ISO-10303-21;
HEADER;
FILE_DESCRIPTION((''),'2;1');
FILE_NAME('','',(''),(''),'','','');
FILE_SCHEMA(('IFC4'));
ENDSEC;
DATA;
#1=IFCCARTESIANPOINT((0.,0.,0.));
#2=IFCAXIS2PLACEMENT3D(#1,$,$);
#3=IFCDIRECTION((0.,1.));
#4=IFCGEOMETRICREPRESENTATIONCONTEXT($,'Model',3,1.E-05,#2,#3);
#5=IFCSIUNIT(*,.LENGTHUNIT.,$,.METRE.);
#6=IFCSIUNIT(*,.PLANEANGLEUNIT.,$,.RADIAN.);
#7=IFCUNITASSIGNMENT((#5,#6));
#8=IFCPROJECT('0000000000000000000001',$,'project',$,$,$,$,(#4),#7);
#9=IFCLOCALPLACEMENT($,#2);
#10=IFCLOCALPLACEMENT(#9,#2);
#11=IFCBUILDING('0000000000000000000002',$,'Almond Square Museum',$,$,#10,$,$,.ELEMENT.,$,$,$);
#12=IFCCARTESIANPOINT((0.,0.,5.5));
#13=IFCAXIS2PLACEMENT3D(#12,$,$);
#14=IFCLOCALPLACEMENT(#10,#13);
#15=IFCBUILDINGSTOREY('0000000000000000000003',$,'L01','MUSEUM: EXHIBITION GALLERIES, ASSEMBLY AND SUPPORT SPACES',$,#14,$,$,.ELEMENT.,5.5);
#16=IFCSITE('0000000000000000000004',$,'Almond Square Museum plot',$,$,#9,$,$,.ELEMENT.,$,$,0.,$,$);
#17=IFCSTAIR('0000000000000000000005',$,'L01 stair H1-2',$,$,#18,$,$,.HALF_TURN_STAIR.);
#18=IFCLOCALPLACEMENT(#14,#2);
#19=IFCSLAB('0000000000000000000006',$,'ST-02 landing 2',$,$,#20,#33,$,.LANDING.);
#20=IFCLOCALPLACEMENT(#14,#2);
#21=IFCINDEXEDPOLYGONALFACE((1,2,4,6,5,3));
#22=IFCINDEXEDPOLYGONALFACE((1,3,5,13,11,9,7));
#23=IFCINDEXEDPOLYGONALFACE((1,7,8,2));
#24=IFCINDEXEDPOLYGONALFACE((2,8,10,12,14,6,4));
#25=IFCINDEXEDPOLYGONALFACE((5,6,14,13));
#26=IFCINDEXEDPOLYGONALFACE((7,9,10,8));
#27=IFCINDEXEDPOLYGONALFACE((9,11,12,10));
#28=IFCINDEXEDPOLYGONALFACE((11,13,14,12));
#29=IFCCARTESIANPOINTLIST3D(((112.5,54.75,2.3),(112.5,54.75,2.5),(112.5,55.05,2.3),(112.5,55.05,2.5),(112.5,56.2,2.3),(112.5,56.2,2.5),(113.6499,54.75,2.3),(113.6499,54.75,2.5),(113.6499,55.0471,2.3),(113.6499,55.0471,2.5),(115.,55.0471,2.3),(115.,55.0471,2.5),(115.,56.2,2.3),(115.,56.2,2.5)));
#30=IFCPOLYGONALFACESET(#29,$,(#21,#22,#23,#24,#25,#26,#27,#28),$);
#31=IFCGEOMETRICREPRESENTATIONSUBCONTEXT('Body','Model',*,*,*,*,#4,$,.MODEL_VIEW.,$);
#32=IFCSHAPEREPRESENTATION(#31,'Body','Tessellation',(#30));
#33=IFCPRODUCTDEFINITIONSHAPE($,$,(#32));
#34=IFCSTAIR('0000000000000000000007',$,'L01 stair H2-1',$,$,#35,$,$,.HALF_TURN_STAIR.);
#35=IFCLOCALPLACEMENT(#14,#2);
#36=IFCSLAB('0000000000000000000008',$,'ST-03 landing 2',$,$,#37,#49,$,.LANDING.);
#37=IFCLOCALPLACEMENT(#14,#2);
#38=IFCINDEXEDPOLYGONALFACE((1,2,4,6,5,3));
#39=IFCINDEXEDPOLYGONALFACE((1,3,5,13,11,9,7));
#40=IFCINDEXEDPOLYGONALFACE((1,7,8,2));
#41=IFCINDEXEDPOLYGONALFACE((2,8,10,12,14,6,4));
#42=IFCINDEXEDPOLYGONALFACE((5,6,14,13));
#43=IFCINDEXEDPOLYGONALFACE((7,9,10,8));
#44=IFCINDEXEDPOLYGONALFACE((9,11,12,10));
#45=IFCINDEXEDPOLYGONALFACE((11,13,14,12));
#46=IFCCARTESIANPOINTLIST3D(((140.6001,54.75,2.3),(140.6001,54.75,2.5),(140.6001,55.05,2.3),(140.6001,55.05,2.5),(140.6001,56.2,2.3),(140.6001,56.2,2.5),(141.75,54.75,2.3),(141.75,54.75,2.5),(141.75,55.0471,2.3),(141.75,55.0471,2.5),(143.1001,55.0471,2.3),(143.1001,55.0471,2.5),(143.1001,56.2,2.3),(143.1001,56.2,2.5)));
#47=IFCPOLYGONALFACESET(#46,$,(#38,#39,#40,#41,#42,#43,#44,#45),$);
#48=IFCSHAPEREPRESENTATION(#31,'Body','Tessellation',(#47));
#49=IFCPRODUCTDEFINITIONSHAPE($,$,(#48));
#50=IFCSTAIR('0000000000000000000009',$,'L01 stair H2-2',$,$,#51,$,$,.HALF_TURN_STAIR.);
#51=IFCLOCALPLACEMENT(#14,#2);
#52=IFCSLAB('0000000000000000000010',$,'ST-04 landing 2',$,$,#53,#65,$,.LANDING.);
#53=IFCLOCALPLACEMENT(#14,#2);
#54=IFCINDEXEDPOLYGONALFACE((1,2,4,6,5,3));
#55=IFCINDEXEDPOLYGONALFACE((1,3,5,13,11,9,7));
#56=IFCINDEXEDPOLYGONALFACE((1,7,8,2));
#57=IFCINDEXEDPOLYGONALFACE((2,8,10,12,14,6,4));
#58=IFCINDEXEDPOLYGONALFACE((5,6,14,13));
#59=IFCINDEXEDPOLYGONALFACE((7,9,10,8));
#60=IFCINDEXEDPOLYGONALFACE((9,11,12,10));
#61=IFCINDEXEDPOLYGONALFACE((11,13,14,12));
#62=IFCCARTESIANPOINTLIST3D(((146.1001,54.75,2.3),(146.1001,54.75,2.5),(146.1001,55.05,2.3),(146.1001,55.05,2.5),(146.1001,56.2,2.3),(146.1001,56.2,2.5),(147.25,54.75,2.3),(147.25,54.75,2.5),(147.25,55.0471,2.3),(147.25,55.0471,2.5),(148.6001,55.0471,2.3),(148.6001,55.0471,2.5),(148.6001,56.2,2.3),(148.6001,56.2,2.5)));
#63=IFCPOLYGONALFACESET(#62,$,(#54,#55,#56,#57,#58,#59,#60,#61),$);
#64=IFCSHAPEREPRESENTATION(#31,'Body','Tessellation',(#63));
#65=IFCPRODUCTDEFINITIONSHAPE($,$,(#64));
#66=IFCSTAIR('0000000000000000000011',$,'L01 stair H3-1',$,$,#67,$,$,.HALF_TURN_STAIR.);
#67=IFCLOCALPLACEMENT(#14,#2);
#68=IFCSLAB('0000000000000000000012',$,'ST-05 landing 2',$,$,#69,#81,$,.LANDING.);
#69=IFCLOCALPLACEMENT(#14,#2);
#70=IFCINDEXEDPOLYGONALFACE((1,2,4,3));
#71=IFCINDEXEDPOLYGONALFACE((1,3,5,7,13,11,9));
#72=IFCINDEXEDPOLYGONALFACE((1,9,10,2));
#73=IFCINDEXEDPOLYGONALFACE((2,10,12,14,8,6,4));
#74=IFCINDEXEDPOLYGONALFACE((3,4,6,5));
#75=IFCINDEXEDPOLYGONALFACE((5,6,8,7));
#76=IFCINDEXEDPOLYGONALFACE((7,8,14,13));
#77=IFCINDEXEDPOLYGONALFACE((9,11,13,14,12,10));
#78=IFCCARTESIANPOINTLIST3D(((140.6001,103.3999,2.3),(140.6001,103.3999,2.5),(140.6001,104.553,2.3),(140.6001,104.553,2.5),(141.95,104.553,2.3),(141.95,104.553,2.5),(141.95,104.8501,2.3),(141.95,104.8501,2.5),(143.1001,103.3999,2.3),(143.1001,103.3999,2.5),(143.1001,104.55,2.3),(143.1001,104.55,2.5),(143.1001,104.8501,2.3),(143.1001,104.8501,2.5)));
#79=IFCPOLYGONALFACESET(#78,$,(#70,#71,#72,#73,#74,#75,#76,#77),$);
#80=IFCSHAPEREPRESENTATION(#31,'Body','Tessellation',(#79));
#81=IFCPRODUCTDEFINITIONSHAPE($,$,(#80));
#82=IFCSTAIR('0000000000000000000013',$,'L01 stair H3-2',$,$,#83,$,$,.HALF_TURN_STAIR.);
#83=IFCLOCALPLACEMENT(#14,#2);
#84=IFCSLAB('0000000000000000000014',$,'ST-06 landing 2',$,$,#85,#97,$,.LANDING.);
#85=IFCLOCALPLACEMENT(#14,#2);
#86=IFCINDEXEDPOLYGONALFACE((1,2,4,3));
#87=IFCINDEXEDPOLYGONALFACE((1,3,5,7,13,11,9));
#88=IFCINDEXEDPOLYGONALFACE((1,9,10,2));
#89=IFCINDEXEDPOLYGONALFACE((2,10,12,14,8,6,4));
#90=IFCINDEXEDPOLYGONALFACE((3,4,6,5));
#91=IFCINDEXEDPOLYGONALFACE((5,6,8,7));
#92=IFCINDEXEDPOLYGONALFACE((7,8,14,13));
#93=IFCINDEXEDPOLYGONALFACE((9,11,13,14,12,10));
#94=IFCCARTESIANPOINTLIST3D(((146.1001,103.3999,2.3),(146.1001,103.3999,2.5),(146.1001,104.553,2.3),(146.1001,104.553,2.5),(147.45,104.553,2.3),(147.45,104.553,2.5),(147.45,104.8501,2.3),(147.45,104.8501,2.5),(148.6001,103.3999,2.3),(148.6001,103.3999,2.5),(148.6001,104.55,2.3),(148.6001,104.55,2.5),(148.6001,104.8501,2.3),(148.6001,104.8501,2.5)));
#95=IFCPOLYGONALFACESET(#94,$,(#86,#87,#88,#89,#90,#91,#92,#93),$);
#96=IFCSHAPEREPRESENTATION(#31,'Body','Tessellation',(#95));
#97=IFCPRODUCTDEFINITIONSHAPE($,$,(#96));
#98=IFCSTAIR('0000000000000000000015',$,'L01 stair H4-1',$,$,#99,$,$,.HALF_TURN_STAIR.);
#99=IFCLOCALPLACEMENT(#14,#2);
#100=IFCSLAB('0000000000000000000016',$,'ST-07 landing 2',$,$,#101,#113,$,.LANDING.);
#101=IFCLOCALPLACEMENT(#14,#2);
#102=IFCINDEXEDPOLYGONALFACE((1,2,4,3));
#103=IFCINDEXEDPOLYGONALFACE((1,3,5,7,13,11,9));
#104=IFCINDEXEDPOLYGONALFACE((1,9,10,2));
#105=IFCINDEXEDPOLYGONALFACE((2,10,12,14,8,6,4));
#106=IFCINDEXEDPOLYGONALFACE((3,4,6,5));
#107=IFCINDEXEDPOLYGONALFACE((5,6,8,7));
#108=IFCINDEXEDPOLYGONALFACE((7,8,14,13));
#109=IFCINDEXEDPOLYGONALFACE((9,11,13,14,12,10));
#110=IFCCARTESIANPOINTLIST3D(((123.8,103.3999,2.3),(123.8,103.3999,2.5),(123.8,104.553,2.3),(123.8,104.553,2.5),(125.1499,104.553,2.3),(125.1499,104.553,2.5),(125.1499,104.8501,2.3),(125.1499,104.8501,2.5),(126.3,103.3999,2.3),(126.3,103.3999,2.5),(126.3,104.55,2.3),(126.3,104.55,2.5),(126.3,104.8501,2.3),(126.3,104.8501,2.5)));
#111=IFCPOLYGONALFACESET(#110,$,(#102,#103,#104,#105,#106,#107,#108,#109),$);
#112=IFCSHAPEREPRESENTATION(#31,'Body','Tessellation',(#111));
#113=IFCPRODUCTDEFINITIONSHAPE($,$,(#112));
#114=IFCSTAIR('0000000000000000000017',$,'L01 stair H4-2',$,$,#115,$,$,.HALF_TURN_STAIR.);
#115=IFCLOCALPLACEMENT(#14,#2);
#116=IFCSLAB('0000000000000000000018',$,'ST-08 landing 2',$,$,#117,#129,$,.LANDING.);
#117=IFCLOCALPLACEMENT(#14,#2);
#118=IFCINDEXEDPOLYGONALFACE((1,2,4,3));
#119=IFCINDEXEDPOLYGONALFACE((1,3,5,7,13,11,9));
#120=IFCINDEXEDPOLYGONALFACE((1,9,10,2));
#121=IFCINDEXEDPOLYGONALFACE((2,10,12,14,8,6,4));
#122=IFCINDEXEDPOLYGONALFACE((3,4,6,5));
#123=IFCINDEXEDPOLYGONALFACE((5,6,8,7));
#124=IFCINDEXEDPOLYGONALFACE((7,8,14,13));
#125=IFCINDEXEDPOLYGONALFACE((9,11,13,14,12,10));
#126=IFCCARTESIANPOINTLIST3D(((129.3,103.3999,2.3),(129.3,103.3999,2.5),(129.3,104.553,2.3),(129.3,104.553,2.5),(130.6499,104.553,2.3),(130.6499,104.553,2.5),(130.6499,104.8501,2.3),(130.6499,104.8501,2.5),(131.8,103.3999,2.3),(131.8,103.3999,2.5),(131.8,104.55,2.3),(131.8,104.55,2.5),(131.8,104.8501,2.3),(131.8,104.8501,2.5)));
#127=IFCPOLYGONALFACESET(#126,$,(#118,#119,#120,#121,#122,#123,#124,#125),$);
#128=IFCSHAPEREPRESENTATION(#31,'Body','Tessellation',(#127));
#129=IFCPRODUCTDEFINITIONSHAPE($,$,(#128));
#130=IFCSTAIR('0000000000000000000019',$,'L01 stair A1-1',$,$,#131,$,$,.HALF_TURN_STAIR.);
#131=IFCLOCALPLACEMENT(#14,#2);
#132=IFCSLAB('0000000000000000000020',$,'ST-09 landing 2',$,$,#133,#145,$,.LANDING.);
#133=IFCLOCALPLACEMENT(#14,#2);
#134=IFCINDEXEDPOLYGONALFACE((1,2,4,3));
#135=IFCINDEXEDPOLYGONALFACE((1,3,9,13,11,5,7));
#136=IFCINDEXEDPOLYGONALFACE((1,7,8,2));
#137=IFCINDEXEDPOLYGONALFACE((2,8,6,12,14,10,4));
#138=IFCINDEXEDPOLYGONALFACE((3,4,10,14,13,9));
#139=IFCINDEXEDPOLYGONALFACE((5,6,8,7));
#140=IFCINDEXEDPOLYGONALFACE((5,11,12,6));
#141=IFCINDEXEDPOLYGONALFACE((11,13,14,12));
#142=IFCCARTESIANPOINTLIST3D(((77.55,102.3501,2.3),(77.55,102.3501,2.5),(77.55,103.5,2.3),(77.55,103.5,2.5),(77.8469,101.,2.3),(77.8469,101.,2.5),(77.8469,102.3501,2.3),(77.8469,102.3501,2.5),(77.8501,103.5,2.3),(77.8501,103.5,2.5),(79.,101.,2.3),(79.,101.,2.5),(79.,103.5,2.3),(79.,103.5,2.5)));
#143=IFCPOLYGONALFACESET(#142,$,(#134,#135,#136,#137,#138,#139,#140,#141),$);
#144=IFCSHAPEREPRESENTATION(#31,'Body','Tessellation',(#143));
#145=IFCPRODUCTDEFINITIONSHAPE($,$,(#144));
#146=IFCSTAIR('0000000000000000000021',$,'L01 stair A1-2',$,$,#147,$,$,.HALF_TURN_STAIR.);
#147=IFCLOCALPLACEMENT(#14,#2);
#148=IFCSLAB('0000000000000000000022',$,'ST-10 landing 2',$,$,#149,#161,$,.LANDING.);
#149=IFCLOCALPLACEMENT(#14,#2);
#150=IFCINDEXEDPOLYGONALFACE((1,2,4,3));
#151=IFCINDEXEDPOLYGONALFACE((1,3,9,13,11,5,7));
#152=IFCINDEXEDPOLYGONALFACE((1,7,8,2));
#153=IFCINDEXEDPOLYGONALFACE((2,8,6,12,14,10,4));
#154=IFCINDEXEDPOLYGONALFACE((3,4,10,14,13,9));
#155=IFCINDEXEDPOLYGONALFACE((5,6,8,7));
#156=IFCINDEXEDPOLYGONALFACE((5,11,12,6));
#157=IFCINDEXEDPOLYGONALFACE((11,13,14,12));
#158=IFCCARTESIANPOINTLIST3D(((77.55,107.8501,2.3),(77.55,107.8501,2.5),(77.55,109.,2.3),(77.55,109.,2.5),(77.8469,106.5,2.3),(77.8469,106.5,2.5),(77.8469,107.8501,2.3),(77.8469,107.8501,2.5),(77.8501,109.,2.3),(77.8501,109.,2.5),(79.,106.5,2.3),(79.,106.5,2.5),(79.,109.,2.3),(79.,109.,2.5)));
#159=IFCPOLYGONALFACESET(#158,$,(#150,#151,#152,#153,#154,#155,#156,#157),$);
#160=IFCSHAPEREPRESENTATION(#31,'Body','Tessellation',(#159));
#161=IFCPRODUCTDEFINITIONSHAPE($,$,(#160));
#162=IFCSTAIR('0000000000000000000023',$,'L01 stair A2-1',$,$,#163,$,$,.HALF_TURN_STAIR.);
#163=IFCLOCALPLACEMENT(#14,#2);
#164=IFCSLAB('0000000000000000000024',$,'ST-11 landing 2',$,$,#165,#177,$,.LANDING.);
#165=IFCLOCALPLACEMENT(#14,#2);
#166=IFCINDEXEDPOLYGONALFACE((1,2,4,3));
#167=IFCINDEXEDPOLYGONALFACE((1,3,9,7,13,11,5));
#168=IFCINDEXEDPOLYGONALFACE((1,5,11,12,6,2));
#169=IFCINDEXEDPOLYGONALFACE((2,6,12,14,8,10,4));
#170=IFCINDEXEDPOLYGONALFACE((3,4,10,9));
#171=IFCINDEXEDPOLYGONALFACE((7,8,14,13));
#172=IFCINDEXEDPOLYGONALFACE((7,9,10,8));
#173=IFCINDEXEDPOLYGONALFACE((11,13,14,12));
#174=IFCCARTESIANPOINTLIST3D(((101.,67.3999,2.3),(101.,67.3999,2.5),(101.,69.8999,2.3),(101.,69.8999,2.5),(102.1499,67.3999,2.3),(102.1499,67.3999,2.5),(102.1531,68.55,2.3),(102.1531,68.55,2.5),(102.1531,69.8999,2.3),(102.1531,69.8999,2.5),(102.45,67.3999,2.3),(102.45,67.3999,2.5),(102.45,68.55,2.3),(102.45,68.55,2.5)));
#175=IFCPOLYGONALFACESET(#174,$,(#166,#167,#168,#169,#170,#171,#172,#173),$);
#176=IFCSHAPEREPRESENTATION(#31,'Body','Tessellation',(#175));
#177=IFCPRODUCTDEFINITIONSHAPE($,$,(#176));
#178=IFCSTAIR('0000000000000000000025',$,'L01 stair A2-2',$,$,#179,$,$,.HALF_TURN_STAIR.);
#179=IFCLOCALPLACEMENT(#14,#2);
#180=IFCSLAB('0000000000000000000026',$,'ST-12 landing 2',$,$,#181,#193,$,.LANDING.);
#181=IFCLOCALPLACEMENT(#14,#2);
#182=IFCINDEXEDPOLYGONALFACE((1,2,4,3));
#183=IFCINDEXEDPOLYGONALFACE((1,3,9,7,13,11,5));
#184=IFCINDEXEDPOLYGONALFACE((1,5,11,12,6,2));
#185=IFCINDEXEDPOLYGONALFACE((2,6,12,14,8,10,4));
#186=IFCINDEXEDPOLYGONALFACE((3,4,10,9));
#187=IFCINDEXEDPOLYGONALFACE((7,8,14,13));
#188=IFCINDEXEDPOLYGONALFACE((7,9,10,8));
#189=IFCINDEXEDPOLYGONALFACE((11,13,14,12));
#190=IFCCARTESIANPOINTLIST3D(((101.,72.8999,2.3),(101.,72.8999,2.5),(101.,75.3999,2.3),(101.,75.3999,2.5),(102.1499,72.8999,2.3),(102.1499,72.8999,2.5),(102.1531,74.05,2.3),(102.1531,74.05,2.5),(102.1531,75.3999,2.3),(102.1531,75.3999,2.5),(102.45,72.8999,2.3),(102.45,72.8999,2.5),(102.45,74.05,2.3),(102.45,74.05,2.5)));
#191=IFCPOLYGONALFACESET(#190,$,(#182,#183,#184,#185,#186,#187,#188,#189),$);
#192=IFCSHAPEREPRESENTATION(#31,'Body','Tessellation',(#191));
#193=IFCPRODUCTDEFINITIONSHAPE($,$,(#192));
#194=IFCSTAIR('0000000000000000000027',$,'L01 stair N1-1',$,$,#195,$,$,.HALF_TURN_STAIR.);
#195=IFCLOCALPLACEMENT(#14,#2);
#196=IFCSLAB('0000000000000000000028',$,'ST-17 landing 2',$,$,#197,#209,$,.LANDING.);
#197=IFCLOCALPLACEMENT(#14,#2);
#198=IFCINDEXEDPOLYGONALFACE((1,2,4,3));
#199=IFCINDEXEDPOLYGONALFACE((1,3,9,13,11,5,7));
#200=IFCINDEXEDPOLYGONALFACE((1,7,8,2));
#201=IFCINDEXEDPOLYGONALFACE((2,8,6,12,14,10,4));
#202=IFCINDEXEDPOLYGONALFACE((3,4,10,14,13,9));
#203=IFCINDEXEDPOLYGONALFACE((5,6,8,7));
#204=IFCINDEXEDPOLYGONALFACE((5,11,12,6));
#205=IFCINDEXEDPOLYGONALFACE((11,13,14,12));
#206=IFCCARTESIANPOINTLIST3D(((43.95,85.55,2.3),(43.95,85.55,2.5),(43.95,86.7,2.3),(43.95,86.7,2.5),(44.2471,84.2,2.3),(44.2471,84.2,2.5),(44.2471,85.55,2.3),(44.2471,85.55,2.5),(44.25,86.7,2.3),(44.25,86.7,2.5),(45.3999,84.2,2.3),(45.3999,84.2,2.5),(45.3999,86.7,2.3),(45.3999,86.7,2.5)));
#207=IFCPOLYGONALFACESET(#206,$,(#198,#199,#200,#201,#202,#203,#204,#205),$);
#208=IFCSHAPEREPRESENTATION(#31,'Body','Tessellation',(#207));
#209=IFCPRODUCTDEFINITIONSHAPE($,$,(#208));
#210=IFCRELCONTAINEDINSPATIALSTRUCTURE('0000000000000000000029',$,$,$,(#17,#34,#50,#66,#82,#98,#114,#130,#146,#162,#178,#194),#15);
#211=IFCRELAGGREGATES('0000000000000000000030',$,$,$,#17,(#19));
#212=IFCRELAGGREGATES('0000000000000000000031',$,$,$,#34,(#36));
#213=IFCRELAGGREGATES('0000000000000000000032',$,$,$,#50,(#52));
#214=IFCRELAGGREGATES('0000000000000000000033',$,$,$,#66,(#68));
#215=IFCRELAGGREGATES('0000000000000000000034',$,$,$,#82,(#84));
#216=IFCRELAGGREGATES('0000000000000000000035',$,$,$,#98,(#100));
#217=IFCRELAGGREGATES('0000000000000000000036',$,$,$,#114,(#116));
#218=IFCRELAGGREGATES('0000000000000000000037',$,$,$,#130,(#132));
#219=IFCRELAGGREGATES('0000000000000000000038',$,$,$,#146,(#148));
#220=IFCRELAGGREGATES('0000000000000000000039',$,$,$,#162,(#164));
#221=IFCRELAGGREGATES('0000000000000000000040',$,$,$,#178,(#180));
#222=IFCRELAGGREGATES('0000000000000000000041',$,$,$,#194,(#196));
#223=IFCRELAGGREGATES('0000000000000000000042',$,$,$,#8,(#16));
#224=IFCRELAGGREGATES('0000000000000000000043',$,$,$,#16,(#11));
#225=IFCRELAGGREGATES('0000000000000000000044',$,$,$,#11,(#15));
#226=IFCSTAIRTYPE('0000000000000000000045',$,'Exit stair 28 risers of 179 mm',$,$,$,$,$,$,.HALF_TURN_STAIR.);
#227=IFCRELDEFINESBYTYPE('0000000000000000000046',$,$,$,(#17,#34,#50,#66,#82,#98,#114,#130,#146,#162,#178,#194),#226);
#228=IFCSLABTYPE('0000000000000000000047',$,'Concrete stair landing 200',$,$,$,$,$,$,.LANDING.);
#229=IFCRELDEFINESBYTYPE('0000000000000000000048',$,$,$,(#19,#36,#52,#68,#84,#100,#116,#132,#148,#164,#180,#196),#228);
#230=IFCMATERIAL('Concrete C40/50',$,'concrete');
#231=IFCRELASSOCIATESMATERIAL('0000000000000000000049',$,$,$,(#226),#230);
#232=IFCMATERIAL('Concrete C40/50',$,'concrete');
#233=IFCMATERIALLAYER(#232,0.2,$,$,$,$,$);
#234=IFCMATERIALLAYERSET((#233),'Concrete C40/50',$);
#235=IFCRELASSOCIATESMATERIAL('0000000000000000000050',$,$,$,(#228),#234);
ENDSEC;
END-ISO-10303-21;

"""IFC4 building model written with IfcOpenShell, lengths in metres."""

from ifc_helpers import new_model, si_unit, direction, frame, origin, place, context, subcontext, project, spatial, polyline, outline, extrude, material, layer, layer_set, type_object, element, aggregate, save


model = new_model("IFC4")

# Units and contexts
model_context = context("Model", 3, precision=1e-05, world=origin(), true_north=direction((0.0, 1.0)))
body_context = subcontext(model_context, "Body", "Model", "MODEL_VIEW")
ifc_project = project(units=[si_unit("LENGTHUNIT", "METRE"), si_unit("PLANEANGLEUNIT", "RADIAN")], contexts=[model_context])

# Site, building, storey
site_placement = place(None, origin())
site = spatial("IfcSite", under=ifc_project, at=site_placement, Name="Almond Square Museum plot", CompositionType="ELEMENT", RefElevation=0.0)
building_placement = place(site_placement, origin())
building = spatial("IfcBuilding", under=site, at=building_placement, Name="Almond Square Museum", CompositionType="ELEMENT")
storey_placement = place(building_placement, frame((0.0, 0.0, 5.5)))
storey = spatial("IfcBuildingStorey", under=building, at=storey_placement, Name="L01", Description="MUSEUM: EXHIBITION GALLERIES, ASSEMBLY AND SUPPORT SPACES", CompositionType="ELEMENT", Elevation=5.5)

# Stairs, slabs
ifc_material_1 = material(Name="Concrete C40/50", Category="concrete")
stair_type = type_object("IfcStairType", Name="Exit stair 28 risers of 179 mm", PredefinedType="HALF_TURN_STAIR", material=ifc_material_1)
stair_1_placement = place(storey_placement, origin())
stair_1 = element("IfcStair", 1, at=stair_1_placement, inside=storey, type_object=stair_type, Name="L01 stair H1-2", PredefinedType="HALF_TURN_STAIR")
ifc_material_2 = material(Name="Concrete C40/50", Category="concrete")
ifc_layer = layer(ifc_material_2, 0.2)
ifc_layer_set = layer_set([ifc_layer], Name="Concrete C40/50")
slab_type = type_object("IfcSlabType", Name="Concrete stair landing 200", PredefinedType="LANDING", material=ifc_layer_set)
slab_1_placement = place(storey_placement, frame((0.0, 0.0, 2.3)))
slab_1 = element("IfcSlab", 2, at=slab_1_placement, type_object=slab_type, Name="ST-02 landing 2", PredefinedType="LANDING", context=body_context, shape_type="SweptSolid", body=[
    extrude(outline(polyline([(112.5, 56.2), (112.5, 55.05), (112.5, 54.75), (113.6499, 54.75), (113.6499, 55.0471), (115.0, 55.0471), (115.0, 56.2), (112.5, 56.2)])), origin(), (0.0, 0.0, 1.0), 0.2),
])
aggregate(stair_1, [slab_1])
stair_2_placement = place(storey_placement, origin())
stair_2 = element("IfcStair", 3, at=stair_2_placement, inside=storey, type_object=stair_type, Name="L01 stair H2-1", PredefinedType="HALF_TURN_STAIR")
slab_2_placement = place(storey_placement, frame((0.0, 0.0, 2.3)))
slab_2 = element("IfcSlab", 4, at=slab_2_placement, type_object=slab_type, Name="ST-03 landing 2", PredefinedType="LANDING", context=body_context, shape_type="SweptSolid", body=[
    extrude(outline(polyline([(140.6001, 56.2), (140.6001, 55.05), (140.6001, 54.75), (141.75, 54.75), (141.75, 55.0471), (143.1001, 55.0471), (143.1001, 56.2), (140.6001, 56.2)])), origin(), (0.0, 0.0, 1.0), 0.2),
])
aggregate(stair_2, [slab_2])
stair_3_placement = place(storey_placement, origin())
stair_3 = element("IfcStair", 5, at=stair_3_placement, inside=storey, type_object=stair_type, Name="L01 stair H2-2", PredefinedType="HALF_TURN_STAIR")
slab_3_placement = place(storey_placement, frame((0.0, 0.0, 2.3)))
slab_3 = element("IfcSlab", 6, at=slab_3_placement, type_object=slab_type, Name="ST-04 landing 2", PredefinedType="LANDING", context=body_context, shape_type="SweptSolid", body=[
    extrude(outline(polyline([(146.1001, 56.2), (146.1001, 55.05), (146.1001, 54.75), (147.25, 54.75), (147.25, 55.0471), (148.6001, 55.0471), (148.6001, 56.2), (146.1001, 56.2)])), origin(), (0.0, 0.0, 1.0), 0.2),
])
aggregate(stair_3, [slab_3])
stair_4_placement = place(storey_placement, origin())
stair_4 = element("IfcStair", 7, at=stair_4_placement, inside=storey, type_object=stair_type, Name="L01 stair H3-1", PredefinedType="HALF_TURN_STAIR")
slab_4_placement = place(storey_placement, frame((0.0, 0.0, 2.3)))
slab_4 = element("IfcSlab", 8, at=slab_4_placement, type_object=slab_type, Name="ST-05 landing 2", PredefinedType="LANDING", context=body_context, shape_type="SweptSolid", body=[
    extrude(outline(polyline([(143.1001, 103.3999), (143.1001, 104.55), (143.1001, 104.8501), (141.95, 104.8501), (141.95, 104.553), (140.6001, 104.553), (140.6001, 103.3999), (143.1001, 103.3999)])), origin(), (0.0, 0.0, 1.0), 0.2),
])
aggregate(stair_4, [slab_4])
stair_5_placement = place(storey_placement, origin())
stair_5 = element("IfcStair", 9, at=stair_5_placement, inside=storey, type_object=stair_type, Name="L01 stair H3-2", PredefinedType="HALF_TURN_STAIR")
slab_5_placement = place(storey_placement, frame((0.0, 0.0, 2.3)))
slab_5 = element("IfcSlab", 10, at=slab_5_placement, type_object=slab_type, Name="ST-06 landing 2", PredefinedType="LANDING", context=body_context, shape_type="SweptSolid", body=[
    extrude(outline(polyline([(148.6001, 103.3999), (148.6001, 104.55), (148.6001, 104.8501), (147.45, 104.8501), (147.45, 104.553), (146.1001, 104.553), (146.1001, 103.3999), (148.6001, 103.3999)])), origin(), (0.0, 0.0, 1.0), 0.2),
])
aggregate(stair_5, [slab_5])
stair_6_placement = place(storey_placement, origin())
stair_6 = element("IfcStair", 11, at=stair_6_placement, inside=storey, type_object=stair_type, Name="L01 stair H4-1", PredefinedType="HALF_TURN_STAIR")
slab_6_placement = place(storey_placement, frame((0.0, 0.0, 2.3)))
slab_6 = element("IfcSlab", 12, at=slab_6_placement, type_object=slab_type, Name="ST-07 landing 2", PredefinedType="LANDING", context=body_context, shape_type="SweptSolid", body=[
    extrude(outline(polyline([(126.3, 103.3999), (126.3, 104.55), (126.3, 104.8501), (125.1499, 104.8501), (125.1499, 104.553), (123.8, 104.553), (123.8, 103.3999), (126.3, 103.3999)])), origin(), (0.0, 0.0, 1.0), 0.2),
])
aggregate(stair_6, [slab_6])
stair_7_placement = place(storey_placement, origin())
stair_7 = element("IfcStair", 13, at=stair_7_placement, inside=storey, type_object=stair_type, Name="L01 stair H4-2", PredefinedType="HALF_TURN_STAIR")
slab_7_placement = place(storey_placement, frame((0.0, 0.0, 2.3)))
slab_7 = element("IfcSlab", 14, at=slab_7_placement, type_object=slab_type, Name="ST-08 landing 2", PredefinedType="LANDING", context=body_context, shape_type="SweptSolid", body=[
    extrude(outline(polyline([(131.8, 103.3999), (131.8, 104.55), (131.8, 104.8501), (130.6499, 104.8501), (130.6499, 104.553), (129.3, 104.553), (129.3, 103.3999), (131.8, 103.3999)])), origin(), (0.0, 0.0, 1.0), 0.2),
])
aggregate(stair_7, [slab_7])
stair_8_placement = place(storey_placement, origin())
stair_8 = element("IfcStair", 15, at=stair_8_placement, inside=storey, type_object=stair_type, Name="L01 stair A1-1", PredefinedType="HALF_TURN_STAIR")
slab_8_placement = place(storey_placement, frame((0.0, 0.0, 2.3)))
slab_8 = element("IfcSlab", 16, at=slab_8_placement, type_object=slab_type, Name="ST-09 landing 2", PredefinedType="LANDING", context=body_context, shape_type="SweptSolid", body=[
    extrude(outline(polyline([(79.0, 103.5), (77.8501, 103.5), (77.55, 103.5), (77.55, 102.3501), (77.8469, 102.3501), (77.8469, 101.0), (79.0, 101.0), (79.0, 103.5)])), origin(), (0.0, 0.0, 1.0), 0.2),
])
aggregate(stair_8, [slab_8])
stair_9_placement = place(storey_placement, origin())
stair_9 = element("IfcStair", 17, at=stair_9_placement, inside=storey, type_object=stair_type, Name="L01 stair A1-2", PredefinedType="HALF_TURN_STAIR")
slab_9_placement = place(storey_placement, frame((0.0, 0.0, 2.3)))
slab_9 = element("IfcSlab", 18, at=slab_9_placement, type_object=slab_type, Name="ST-10 landing 2", PredefinedType="LANDING", context=body_context, shape_type="SweptSolid", body=[
    extrude(outline(polyline([(79.0, 109.0), (77.8501, 109.0), (77.55, 109.0), (77.55, 107.8501), (77.8469, 107.8501), (77.8469, 106.5), (79.0, 106.5), (79.0, 109.0)])), origin(), (0.0, 0.0, 1.0), 0.2),
])
aggregate(stair_9, [slab_9])
stair_10_placement = place(storey_placement, origin())
stair_10 = element("IfcStair", 19, at=stair_10_placement, inside=storey, type_object=stair_type, Name="L01 stair A2-1", PredefinedType="HALF_TURN_STAIR")
slab_10_placement = place(storey_placement, frame((0.0, 0.0, 2.3)))
slab_10 = element("IfcSlab", 20, at=slab_10_placement, type_object=slab_type, Name="ST-11 landing 2", PredefinedType="LANDING", context=body_context, shape_type="SweptSolid", body=[
    extrude(outline(polyline([(101.0, 67.3999), (102.1499, 67.3999), (102.45, 67.3999), (102.45, 68.55), (102.1531, 68.55), (102.1531, 69.8999), (101.0, 69.8999), (101.0, 67.3999)])), origin(), (0.0, 0.0, 1.0), 0.2),
])
aggregate(stair_10, [slab_10])
stair_11_placement = place(storey_placement, origin())
stair_11 = element("IfcStair", 21, at=stair_11_placement, inside=storey, type_object=stair_type, Name="L01 stair A2-2", PredefinedType="HALF_TURN_STAIR")
slab_11_placement = place(storey_placement, frame((0.0, 0.0, 2.3)))
slab_11 = element("IfcSlab", 22, at=slab_11_placement, type_object=slab_type, Name="ST-12 landing 2", PredefinedType="LANDING", context=body_context, shape_type="SweptSolid", body=[
    extrude(outline(polyline([(101.0, 72.8999), (102.1499, 72.8999), (102.45, 72.8999), (102.45, 74.05), (102.1531, 74.05), (102.1531, 75.3999), (101.0, 75.3999), (101.0, 72.8999)])), origin(), (0.0, 0.0, 1.0), 0.2),
])
aggregate(stair_11, [slab_11])
stair_12_placement = place(storey_placement, origin())
stair_12 = element("IfcStair", 23, at=stair_12_placement, inside=storey, type_object=stair_type, Name="L01 stair N1-1", PredefinedType="HALF_TURN_STAIR")
slab_12_placement = place(storey_placement, frame((0.0, 0.0, 2.3)))
slab_12 = element("IfcSlab", 24, at=slab_12_placement, type_object=slab_type, Name="ST-17 landing 2", PredefinedType="LANDING", context=body_context, shape_type="SweptSolid", body=[
    extrude(outline(polyline([(45.3999, 86.7), (44.25, 86.7), (43.95, 86.7), (43.95, 85.55), (44.2471, 85.55), (44.2471, 84.2), (45.3999, 84.2), (45.3999, 86.7)])), origin(), (0.0, 0.0, 1.0), 0.2),
])
aggregate(stair_12, [slab_12])

save(model, "model.ifc")
